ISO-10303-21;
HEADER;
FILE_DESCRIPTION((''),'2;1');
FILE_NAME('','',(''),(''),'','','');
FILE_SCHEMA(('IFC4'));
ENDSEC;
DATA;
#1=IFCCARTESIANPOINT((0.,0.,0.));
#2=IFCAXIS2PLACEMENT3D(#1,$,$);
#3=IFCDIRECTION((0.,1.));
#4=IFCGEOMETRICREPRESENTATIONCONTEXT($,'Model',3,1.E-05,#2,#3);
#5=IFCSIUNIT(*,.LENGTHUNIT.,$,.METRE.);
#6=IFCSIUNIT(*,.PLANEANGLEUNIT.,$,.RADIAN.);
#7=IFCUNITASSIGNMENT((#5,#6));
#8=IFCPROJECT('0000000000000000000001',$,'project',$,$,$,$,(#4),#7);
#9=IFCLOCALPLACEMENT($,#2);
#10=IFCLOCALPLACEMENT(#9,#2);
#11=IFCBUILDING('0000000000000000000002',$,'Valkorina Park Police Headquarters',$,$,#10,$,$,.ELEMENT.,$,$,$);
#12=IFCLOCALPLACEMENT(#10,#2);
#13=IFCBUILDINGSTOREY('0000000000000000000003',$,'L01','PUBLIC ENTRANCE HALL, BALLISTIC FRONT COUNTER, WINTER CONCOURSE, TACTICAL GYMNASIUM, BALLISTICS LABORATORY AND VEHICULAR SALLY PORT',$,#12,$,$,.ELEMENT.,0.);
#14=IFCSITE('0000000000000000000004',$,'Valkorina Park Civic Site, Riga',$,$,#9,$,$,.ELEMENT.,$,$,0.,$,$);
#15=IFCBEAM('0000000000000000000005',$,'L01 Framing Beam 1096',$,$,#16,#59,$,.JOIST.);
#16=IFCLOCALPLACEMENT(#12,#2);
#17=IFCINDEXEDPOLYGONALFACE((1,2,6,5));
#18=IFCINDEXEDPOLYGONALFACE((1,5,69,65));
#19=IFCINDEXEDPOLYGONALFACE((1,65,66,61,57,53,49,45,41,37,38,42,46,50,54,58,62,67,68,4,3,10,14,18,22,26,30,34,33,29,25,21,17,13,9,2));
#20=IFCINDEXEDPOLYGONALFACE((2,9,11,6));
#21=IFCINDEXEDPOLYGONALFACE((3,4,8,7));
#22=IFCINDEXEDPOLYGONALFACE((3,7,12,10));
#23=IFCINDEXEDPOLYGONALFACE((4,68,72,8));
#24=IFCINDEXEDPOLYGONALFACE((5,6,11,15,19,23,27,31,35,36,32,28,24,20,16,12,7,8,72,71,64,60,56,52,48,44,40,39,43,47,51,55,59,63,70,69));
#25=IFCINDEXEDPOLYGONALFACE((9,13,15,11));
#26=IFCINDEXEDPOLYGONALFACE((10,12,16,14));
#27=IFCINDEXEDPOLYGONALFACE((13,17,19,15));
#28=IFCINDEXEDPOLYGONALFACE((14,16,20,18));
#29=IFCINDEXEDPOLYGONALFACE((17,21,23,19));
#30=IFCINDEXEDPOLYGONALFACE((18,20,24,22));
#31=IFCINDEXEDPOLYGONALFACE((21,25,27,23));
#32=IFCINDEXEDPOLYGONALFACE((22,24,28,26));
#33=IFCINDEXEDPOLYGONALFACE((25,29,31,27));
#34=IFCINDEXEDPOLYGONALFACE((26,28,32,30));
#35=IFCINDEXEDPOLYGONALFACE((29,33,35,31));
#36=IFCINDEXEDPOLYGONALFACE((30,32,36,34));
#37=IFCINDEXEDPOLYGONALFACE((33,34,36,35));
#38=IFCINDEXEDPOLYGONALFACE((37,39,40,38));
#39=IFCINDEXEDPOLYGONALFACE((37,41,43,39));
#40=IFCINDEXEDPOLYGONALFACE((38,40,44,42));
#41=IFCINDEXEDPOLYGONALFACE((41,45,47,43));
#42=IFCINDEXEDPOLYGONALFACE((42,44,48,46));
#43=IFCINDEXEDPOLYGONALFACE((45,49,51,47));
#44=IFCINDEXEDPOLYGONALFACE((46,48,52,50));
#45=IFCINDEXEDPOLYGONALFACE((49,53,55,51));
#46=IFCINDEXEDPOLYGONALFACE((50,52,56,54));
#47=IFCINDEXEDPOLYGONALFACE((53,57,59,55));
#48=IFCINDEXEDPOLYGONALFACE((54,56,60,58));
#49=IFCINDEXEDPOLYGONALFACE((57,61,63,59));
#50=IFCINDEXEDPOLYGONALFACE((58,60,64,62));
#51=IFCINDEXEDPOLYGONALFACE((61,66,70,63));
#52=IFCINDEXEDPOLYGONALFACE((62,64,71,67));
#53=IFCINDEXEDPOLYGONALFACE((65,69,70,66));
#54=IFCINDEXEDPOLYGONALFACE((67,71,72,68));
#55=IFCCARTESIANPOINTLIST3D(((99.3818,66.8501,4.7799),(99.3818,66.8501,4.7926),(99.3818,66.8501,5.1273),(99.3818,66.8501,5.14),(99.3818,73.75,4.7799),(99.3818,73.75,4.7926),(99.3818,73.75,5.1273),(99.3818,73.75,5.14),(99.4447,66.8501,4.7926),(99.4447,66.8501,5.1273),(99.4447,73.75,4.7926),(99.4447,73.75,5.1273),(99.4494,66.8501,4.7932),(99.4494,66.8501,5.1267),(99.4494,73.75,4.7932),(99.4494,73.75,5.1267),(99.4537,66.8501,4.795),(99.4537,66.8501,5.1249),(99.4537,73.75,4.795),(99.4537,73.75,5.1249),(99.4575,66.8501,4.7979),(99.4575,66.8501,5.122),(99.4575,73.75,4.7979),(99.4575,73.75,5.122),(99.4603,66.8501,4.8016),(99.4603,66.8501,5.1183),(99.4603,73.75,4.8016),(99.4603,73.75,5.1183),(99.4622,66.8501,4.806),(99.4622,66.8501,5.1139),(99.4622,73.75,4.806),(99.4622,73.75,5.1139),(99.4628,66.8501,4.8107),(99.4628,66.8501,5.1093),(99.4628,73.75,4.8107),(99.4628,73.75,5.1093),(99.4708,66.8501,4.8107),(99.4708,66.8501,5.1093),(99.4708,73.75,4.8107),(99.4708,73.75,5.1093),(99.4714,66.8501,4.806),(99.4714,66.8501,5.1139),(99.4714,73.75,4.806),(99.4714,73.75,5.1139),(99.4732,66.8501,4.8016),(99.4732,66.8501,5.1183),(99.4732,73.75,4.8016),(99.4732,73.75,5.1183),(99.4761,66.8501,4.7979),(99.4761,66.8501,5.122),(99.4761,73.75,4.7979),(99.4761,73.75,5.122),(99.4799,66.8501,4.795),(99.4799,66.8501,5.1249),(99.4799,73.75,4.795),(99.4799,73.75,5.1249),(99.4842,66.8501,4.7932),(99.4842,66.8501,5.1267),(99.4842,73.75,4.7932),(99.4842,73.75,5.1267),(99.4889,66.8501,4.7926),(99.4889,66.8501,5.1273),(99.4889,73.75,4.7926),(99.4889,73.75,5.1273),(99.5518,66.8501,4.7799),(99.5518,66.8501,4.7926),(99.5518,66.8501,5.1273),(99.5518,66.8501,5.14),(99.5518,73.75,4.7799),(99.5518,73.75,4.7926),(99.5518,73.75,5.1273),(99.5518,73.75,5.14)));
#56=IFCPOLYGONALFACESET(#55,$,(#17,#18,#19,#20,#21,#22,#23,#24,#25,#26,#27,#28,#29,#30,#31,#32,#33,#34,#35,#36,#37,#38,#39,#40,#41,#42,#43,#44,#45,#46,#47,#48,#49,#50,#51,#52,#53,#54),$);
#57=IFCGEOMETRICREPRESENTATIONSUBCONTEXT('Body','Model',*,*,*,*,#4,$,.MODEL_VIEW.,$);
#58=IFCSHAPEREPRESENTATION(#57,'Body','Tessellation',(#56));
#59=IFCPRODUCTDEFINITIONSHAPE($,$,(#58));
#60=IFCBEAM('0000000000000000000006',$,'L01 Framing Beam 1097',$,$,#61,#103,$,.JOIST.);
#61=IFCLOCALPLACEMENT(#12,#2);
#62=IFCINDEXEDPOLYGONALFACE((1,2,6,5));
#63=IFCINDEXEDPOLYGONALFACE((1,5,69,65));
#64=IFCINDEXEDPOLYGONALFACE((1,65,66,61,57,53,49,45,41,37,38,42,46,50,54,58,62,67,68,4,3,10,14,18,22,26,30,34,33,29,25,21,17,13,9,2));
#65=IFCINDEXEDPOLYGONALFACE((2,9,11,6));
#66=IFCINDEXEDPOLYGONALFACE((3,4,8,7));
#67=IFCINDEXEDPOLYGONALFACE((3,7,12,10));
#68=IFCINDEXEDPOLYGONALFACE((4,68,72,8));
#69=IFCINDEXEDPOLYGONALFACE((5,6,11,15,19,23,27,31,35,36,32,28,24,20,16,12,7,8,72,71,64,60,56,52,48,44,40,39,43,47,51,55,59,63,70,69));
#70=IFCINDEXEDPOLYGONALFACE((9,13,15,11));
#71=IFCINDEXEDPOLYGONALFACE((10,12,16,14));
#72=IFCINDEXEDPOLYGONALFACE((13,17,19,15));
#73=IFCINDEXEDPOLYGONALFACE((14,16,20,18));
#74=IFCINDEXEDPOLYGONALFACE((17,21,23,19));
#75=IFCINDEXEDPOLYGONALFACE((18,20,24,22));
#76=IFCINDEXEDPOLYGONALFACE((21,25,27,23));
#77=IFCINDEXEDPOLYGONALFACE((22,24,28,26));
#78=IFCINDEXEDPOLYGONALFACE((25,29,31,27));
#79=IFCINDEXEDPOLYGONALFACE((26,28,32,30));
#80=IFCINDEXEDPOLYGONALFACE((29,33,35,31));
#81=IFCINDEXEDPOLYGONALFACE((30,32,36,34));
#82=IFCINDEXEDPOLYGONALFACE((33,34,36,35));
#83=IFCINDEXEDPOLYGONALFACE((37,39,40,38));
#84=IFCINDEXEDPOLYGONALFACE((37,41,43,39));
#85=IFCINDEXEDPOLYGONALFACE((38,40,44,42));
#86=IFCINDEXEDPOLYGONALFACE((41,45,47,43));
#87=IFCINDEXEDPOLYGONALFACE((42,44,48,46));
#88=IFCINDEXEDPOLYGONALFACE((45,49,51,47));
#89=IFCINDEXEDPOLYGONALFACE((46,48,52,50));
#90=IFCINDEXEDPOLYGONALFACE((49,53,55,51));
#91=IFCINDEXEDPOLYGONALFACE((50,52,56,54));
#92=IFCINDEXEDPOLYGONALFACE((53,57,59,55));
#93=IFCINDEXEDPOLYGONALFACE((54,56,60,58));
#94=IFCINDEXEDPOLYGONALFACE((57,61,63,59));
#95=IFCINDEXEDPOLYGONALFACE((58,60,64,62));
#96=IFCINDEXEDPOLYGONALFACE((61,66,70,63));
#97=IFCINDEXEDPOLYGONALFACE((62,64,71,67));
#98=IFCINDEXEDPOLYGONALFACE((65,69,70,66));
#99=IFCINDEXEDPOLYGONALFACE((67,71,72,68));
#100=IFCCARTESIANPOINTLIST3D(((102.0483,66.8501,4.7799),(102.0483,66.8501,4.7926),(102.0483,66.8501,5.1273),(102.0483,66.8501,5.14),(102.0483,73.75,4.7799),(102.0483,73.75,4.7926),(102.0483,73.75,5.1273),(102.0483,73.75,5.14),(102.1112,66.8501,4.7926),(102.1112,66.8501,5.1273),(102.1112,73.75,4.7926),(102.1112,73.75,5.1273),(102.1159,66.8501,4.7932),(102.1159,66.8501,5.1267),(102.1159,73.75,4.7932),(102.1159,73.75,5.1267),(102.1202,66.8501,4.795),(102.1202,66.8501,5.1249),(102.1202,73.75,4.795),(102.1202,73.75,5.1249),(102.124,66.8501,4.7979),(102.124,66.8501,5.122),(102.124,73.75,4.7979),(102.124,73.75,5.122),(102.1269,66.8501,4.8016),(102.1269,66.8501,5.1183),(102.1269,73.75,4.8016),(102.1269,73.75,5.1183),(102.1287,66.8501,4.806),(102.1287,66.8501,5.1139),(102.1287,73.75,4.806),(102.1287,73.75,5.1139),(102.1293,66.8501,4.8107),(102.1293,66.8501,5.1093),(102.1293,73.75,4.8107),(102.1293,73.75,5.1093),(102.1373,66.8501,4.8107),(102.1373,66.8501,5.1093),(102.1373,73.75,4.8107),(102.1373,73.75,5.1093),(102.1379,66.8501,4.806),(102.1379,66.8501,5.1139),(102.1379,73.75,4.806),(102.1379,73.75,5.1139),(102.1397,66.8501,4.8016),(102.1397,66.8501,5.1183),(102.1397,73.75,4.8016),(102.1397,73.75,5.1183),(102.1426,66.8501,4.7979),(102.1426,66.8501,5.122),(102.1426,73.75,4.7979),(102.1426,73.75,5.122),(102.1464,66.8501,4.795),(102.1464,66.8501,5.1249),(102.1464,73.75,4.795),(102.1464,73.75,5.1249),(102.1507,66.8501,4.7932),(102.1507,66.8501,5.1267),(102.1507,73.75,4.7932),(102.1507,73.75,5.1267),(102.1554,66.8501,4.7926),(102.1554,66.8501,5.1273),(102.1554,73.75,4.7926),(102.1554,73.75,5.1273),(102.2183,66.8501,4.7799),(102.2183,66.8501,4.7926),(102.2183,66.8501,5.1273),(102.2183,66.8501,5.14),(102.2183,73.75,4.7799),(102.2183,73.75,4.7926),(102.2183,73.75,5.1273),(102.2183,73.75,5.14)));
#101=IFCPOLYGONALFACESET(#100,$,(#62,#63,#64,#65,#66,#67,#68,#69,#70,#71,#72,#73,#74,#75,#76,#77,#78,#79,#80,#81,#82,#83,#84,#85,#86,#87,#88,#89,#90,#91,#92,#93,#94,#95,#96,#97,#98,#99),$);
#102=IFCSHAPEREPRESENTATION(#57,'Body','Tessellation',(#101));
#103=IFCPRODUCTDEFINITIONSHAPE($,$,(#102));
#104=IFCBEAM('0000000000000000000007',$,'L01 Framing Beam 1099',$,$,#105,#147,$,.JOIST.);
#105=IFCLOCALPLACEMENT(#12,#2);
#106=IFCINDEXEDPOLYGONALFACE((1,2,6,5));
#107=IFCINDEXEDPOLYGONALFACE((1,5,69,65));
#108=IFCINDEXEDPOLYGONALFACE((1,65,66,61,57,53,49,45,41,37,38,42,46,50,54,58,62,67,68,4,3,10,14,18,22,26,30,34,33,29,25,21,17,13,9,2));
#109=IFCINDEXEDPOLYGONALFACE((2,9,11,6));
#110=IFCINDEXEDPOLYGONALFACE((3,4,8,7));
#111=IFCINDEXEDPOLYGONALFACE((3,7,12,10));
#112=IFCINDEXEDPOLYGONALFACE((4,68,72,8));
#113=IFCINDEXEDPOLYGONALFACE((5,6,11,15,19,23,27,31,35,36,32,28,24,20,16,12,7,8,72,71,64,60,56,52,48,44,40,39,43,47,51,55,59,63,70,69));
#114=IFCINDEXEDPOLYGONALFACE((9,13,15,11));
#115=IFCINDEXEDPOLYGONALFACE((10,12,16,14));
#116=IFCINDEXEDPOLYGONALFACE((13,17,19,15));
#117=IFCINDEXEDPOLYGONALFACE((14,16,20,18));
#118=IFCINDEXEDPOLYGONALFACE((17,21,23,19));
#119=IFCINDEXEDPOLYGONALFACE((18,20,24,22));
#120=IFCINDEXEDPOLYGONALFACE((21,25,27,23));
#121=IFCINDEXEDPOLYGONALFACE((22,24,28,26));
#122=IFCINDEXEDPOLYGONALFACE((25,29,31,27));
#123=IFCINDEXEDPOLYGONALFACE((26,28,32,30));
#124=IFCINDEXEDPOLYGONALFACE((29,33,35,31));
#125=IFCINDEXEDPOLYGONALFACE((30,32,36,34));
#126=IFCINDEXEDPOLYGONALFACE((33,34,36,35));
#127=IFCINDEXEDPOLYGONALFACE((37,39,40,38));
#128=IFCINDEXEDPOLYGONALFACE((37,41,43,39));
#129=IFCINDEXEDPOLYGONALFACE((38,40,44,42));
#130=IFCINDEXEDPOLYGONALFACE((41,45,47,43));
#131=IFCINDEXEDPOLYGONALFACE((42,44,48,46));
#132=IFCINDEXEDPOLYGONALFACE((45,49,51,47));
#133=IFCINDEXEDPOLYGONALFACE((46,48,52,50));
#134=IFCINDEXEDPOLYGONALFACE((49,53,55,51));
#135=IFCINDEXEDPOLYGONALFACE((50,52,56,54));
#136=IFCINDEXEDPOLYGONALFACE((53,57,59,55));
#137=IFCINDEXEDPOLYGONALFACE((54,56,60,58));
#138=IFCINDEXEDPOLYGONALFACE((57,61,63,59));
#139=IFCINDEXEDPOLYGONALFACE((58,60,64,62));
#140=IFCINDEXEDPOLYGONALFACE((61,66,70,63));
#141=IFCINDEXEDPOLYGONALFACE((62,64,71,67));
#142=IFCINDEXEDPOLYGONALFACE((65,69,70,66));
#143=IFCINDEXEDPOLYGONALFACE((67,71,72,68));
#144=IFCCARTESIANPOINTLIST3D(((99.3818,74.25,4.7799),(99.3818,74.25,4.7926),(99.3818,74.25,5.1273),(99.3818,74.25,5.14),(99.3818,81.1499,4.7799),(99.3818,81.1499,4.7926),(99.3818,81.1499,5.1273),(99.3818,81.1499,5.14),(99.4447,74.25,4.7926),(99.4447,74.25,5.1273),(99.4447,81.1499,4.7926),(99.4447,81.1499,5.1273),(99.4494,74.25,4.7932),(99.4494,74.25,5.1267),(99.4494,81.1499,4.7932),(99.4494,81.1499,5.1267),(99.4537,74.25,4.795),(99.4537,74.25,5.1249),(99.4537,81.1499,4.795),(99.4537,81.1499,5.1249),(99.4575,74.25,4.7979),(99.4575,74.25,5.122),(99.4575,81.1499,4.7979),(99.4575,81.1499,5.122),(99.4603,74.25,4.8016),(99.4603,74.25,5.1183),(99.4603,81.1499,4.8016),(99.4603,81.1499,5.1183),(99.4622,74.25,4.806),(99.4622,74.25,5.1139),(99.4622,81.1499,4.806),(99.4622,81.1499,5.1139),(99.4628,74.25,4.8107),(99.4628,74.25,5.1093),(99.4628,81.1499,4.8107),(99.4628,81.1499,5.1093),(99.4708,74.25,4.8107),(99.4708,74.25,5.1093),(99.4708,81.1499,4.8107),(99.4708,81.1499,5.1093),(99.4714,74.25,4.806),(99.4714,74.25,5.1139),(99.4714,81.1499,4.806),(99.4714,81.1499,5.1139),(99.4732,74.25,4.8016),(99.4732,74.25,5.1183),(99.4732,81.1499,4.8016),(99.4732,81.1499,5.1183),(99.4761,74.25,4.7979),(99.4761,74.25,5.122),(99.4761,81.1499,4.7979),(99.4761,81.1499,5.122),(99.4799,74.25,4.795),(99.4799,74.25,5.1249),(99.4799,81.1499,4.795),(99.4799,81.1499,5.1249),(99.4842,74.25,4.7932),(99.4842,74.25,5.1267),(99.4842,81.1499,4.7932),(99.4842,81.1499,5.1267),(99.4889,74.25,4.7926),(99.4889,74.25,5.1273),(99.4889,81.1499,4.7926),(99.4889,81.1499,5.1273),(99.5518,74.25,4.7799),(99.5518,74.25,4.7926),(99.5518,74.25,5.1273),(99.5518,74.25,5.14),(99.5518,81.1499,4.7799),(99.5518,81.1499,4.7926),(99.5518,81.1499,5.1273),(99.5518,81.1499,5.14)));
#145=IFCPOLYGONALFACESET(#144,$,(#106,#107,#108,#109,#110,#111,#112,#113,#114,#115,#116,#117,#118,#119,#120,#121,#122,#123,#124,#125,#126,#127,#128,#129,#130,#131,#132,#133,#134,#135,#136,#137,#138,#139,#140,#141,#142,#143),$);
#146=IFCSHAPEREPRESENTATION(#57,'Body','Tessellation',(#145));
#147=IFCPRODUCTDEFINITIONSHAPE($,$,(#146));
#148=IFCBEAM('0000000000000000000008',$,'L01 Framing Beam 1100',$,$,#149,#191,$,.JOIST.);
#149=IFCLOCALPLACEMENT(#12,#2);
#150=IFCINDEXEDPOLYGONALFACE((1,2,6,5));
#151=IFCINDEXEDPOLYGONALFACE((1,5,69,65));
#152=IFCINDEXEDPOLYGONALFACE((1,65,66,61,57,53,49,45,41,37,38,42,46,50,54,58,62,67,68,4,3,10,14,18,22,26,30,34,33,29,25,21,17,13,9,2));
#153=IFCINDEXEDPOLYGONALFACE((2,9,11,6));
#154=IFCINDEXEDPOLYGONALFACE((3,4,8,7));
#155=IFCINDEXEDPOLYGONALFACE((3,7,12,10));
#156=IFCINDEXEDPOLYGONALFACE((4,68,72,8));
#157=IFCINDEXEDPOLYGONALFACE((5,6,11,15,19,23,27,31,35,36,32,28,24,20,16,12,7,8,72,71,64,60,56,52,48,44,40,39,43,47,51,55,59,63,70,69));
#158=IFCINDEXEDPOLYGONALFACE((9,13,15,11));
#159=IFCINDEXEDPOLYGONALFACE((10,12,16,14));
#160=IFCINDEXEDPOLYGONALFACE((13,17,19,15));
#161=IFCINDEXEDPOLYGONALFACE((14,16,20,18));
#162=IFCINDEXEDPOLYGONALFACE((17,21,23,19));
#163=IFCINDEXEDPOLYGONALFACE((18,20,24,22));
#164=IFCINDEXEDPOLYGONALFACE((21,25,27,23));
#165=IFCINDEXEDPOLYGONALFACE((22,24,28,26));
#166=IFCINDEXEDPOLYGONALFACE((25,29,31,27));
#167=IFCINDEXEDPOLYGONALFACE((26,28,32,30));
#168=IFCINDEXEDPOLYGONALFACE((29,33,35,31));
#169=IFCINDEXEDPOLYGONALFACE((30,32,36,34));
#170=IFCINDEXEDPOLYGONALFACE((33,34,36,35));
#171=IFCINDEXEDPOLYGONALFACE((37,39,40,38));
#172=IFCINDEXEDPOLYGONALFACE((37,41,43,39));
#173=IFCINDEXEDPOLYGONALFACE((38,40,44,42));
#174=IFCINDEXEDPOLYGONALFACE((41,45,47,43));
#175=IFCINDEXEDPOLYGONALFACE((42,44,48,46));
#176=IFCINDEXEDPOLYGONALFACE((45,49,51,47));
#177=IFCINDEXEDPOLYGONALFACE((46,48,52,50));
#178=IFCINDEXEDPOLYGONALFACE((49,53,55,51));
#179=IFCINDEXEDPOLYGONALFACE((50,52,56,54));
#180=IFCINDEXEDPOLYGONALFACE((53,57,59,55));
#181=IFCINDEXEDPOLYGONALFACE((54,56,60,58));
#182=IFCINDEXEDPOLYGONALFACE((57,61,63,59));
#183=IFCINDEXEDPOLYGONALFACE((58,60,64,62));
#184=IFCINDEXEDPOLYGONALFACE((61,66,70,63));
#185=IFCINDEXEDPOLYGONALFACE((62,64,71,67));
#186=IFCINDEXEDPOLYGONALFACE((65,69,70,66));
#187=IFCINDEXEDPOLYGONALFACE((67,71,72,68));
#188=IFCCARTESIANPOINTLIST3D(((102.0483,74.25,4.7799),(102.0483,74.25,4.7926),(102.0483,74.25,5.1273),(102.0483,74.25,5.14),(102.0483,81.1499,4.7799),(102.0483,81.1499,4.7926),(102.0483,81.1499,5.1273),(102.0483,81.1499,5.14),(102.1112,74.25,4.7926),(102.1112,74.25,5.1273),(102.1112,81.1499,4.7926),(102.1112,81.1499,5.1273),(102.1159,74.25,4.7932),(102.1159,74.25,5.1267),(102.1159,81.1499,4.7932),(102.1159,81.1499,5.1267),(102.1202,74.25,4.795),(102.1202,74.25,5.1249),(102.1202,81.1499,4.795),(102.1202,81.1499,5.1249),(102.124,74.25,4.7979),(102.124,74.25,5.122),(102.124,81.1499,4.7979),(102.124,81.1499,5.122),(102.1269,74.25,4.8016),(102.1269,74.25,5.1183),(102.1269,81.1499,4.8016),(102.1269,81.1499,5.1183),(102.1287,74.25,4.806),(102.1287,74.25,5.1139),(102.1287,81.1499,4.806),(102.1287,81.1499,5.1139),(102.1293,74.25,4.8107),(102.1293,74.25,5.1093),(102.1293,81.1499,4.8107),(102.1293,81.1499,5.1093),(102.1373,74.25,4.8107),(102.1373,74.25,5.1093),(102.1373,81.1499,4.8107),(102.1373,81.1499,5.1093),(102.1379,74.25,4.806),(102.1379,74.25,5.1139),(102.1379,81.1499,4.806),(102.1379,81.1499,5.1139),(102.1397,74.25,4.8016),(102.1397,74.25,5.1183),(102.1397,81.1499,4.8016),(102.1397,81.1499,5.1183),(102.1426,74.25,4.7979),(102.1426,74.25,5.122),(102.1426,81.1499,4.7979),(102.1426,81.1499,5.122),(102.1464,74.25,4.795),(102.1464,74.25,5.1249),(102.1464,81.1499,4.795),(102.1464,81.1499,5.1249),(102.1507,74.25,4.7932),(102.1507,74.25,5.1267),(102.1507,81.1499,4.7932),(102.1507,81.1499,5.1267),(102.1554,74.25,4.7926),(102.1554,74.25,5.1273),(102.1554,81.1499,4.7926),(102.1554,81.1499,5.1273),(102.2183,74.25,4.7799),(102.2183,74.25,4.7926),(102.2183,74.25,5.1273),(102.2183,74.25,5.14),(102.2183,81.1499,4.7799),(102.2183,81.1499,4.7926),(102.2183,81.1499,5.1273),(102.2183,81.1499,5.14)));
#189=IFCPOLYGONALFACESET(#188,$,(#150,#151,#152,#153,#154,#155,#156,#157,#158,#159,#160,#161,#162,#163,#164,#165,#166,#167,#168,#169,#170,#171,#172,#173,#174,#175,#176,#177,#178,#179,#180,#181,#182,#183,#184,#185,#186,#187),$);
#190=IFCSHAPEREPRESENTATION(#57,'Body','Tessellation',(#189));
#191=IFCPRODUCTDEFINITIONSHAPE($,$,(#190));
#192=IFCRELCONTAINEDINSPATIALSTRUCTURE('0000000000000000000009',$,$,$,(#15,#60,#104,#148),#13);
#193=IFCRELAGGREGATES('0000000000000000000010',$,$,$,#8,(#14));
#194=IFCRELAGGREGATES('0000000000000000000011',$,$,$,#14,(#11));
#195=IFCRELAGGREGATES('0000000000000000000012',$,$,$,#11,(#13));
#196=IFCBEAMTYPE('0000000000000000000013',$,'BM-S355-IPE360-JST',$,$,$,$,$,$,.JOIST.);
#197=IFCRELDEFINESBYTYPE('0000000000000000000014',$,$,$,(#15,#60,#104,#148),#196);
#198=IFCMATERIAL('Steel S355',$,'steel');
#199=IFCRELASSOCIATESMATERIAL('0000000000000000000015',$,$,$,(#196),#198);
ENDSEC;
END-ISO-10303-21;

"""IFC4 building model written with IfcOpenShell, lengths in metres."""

from ifc_helpers import new_model, si_unit, direction, frame, origin, origin_2d, place, context, subcontext, project, spatial, i_section, extrude, material, material_profile, profile_set, type_object, element, save


model = new_model("IFC4")

# Units and contexts
model_context = context("Model", 3, precision=1e-05, world=origin(), true_north=direction((0.0, 1.0)))
body_context = subcontext(model_context, "Body", "Model", "MODEL_VIEW")
ifc_project = project(units=[si_unit("LENGTHUNIT", "METRE"), si_unit("PLANEANGLEUNIT", "RADIAN")], contexts=[model_context])

# Site, building, storey
site_placement = place(None, origin())
site = spatial("IfcSite", under=ifc_project, at=site_placement, Name="Valkorina Park Civic Site, Riga", CompositionType="ELEMENT", RefElevation=0.0)
building_placement = place(site_placement, origin())
building = spatial("IfcBuilding", under=site, at=building_placement, Name="Valkorina Park Police Headquarters", CompositionType="ELEMENT")
storey_placement = place(building_placement, origin())
storey = spatial("IfcBuildingStorey", under=building, at=storey_placement, Name="L01", Description="PUBLIC ENTRANCE HALL, BALLISTIC FRONT COUNTER, WINTER CONCOURSE, TACTICAL GYMNASIUM, BALLISTICS LABORATORY AND VEHICULAR SALLY PORT", CompositionType="ELEMENT", Elevation=0.0)

# Beams
ifc_material_1 = material(Name="Steel S355", Category="steel")
ifc_material_profile_1 = material_profile(ifc_material_1, i_section(OverallWidth=0.1699, OverallDepth=0.3601, WebThickness=0.0081, FlangeThickness=0.0127, FilletRadius=0.0181, at=origin_2d()), Name="IPE 360")
ifc_profile_set_1 = profile_set([ifc_material_profile_1], Name="Steel S355")
beam_type_1 = type_object("IfcBeamType", Name="BM-S355-IPE360-JST", PredefinedType="JOIST", material=ifc_profile_set_1)
for number, where, z_axis, x_axis, name in (
    (1, (99.4668, 66.8501, 4.96), (0.0, 1.0, 0.0), (-1.0, 0.0, 0.0), "L01 Framing Beam 1096"),
    (2, (102.1333, 66.8501, 4.96), (0.0, 1.0, 0.0), (-1.0, 0.0, 0.0), "L01 Framing Beam 1097"),
    (3, (99.4668, 74.25, 4.96), (0.0, 1.0, 0.0), (-1.0, 0.0, 0.0), "L01 Framing Beam 1099"),
    (4, (102.1333, 74.25, 4.96), (0.0, 1.0, 0.0), (-1.0, 0.0, 0.0), "L01 Framing Beam 1100"),
):
    element("IfcBeam", number, at=place(storey_placement, frame(where, z_axis=z_axis, x_axis=x_axis)), inside=storey, type_object=beam_type_1, Name=name, PredefinedType="JOIST", context=body_context, shape_type="SweptSolid", body=[
        extrude(i_section(OverallWidth=0.1699, OverallDepth=0.3601, WebThickness=0.0081, FlangeThickness=0.0127, FilletRadius=0.0181, at=origin_2d()), origin(), (0.0, 0.0, 1.0), 6.8999),
    ])

save(model, "model.ifc")
